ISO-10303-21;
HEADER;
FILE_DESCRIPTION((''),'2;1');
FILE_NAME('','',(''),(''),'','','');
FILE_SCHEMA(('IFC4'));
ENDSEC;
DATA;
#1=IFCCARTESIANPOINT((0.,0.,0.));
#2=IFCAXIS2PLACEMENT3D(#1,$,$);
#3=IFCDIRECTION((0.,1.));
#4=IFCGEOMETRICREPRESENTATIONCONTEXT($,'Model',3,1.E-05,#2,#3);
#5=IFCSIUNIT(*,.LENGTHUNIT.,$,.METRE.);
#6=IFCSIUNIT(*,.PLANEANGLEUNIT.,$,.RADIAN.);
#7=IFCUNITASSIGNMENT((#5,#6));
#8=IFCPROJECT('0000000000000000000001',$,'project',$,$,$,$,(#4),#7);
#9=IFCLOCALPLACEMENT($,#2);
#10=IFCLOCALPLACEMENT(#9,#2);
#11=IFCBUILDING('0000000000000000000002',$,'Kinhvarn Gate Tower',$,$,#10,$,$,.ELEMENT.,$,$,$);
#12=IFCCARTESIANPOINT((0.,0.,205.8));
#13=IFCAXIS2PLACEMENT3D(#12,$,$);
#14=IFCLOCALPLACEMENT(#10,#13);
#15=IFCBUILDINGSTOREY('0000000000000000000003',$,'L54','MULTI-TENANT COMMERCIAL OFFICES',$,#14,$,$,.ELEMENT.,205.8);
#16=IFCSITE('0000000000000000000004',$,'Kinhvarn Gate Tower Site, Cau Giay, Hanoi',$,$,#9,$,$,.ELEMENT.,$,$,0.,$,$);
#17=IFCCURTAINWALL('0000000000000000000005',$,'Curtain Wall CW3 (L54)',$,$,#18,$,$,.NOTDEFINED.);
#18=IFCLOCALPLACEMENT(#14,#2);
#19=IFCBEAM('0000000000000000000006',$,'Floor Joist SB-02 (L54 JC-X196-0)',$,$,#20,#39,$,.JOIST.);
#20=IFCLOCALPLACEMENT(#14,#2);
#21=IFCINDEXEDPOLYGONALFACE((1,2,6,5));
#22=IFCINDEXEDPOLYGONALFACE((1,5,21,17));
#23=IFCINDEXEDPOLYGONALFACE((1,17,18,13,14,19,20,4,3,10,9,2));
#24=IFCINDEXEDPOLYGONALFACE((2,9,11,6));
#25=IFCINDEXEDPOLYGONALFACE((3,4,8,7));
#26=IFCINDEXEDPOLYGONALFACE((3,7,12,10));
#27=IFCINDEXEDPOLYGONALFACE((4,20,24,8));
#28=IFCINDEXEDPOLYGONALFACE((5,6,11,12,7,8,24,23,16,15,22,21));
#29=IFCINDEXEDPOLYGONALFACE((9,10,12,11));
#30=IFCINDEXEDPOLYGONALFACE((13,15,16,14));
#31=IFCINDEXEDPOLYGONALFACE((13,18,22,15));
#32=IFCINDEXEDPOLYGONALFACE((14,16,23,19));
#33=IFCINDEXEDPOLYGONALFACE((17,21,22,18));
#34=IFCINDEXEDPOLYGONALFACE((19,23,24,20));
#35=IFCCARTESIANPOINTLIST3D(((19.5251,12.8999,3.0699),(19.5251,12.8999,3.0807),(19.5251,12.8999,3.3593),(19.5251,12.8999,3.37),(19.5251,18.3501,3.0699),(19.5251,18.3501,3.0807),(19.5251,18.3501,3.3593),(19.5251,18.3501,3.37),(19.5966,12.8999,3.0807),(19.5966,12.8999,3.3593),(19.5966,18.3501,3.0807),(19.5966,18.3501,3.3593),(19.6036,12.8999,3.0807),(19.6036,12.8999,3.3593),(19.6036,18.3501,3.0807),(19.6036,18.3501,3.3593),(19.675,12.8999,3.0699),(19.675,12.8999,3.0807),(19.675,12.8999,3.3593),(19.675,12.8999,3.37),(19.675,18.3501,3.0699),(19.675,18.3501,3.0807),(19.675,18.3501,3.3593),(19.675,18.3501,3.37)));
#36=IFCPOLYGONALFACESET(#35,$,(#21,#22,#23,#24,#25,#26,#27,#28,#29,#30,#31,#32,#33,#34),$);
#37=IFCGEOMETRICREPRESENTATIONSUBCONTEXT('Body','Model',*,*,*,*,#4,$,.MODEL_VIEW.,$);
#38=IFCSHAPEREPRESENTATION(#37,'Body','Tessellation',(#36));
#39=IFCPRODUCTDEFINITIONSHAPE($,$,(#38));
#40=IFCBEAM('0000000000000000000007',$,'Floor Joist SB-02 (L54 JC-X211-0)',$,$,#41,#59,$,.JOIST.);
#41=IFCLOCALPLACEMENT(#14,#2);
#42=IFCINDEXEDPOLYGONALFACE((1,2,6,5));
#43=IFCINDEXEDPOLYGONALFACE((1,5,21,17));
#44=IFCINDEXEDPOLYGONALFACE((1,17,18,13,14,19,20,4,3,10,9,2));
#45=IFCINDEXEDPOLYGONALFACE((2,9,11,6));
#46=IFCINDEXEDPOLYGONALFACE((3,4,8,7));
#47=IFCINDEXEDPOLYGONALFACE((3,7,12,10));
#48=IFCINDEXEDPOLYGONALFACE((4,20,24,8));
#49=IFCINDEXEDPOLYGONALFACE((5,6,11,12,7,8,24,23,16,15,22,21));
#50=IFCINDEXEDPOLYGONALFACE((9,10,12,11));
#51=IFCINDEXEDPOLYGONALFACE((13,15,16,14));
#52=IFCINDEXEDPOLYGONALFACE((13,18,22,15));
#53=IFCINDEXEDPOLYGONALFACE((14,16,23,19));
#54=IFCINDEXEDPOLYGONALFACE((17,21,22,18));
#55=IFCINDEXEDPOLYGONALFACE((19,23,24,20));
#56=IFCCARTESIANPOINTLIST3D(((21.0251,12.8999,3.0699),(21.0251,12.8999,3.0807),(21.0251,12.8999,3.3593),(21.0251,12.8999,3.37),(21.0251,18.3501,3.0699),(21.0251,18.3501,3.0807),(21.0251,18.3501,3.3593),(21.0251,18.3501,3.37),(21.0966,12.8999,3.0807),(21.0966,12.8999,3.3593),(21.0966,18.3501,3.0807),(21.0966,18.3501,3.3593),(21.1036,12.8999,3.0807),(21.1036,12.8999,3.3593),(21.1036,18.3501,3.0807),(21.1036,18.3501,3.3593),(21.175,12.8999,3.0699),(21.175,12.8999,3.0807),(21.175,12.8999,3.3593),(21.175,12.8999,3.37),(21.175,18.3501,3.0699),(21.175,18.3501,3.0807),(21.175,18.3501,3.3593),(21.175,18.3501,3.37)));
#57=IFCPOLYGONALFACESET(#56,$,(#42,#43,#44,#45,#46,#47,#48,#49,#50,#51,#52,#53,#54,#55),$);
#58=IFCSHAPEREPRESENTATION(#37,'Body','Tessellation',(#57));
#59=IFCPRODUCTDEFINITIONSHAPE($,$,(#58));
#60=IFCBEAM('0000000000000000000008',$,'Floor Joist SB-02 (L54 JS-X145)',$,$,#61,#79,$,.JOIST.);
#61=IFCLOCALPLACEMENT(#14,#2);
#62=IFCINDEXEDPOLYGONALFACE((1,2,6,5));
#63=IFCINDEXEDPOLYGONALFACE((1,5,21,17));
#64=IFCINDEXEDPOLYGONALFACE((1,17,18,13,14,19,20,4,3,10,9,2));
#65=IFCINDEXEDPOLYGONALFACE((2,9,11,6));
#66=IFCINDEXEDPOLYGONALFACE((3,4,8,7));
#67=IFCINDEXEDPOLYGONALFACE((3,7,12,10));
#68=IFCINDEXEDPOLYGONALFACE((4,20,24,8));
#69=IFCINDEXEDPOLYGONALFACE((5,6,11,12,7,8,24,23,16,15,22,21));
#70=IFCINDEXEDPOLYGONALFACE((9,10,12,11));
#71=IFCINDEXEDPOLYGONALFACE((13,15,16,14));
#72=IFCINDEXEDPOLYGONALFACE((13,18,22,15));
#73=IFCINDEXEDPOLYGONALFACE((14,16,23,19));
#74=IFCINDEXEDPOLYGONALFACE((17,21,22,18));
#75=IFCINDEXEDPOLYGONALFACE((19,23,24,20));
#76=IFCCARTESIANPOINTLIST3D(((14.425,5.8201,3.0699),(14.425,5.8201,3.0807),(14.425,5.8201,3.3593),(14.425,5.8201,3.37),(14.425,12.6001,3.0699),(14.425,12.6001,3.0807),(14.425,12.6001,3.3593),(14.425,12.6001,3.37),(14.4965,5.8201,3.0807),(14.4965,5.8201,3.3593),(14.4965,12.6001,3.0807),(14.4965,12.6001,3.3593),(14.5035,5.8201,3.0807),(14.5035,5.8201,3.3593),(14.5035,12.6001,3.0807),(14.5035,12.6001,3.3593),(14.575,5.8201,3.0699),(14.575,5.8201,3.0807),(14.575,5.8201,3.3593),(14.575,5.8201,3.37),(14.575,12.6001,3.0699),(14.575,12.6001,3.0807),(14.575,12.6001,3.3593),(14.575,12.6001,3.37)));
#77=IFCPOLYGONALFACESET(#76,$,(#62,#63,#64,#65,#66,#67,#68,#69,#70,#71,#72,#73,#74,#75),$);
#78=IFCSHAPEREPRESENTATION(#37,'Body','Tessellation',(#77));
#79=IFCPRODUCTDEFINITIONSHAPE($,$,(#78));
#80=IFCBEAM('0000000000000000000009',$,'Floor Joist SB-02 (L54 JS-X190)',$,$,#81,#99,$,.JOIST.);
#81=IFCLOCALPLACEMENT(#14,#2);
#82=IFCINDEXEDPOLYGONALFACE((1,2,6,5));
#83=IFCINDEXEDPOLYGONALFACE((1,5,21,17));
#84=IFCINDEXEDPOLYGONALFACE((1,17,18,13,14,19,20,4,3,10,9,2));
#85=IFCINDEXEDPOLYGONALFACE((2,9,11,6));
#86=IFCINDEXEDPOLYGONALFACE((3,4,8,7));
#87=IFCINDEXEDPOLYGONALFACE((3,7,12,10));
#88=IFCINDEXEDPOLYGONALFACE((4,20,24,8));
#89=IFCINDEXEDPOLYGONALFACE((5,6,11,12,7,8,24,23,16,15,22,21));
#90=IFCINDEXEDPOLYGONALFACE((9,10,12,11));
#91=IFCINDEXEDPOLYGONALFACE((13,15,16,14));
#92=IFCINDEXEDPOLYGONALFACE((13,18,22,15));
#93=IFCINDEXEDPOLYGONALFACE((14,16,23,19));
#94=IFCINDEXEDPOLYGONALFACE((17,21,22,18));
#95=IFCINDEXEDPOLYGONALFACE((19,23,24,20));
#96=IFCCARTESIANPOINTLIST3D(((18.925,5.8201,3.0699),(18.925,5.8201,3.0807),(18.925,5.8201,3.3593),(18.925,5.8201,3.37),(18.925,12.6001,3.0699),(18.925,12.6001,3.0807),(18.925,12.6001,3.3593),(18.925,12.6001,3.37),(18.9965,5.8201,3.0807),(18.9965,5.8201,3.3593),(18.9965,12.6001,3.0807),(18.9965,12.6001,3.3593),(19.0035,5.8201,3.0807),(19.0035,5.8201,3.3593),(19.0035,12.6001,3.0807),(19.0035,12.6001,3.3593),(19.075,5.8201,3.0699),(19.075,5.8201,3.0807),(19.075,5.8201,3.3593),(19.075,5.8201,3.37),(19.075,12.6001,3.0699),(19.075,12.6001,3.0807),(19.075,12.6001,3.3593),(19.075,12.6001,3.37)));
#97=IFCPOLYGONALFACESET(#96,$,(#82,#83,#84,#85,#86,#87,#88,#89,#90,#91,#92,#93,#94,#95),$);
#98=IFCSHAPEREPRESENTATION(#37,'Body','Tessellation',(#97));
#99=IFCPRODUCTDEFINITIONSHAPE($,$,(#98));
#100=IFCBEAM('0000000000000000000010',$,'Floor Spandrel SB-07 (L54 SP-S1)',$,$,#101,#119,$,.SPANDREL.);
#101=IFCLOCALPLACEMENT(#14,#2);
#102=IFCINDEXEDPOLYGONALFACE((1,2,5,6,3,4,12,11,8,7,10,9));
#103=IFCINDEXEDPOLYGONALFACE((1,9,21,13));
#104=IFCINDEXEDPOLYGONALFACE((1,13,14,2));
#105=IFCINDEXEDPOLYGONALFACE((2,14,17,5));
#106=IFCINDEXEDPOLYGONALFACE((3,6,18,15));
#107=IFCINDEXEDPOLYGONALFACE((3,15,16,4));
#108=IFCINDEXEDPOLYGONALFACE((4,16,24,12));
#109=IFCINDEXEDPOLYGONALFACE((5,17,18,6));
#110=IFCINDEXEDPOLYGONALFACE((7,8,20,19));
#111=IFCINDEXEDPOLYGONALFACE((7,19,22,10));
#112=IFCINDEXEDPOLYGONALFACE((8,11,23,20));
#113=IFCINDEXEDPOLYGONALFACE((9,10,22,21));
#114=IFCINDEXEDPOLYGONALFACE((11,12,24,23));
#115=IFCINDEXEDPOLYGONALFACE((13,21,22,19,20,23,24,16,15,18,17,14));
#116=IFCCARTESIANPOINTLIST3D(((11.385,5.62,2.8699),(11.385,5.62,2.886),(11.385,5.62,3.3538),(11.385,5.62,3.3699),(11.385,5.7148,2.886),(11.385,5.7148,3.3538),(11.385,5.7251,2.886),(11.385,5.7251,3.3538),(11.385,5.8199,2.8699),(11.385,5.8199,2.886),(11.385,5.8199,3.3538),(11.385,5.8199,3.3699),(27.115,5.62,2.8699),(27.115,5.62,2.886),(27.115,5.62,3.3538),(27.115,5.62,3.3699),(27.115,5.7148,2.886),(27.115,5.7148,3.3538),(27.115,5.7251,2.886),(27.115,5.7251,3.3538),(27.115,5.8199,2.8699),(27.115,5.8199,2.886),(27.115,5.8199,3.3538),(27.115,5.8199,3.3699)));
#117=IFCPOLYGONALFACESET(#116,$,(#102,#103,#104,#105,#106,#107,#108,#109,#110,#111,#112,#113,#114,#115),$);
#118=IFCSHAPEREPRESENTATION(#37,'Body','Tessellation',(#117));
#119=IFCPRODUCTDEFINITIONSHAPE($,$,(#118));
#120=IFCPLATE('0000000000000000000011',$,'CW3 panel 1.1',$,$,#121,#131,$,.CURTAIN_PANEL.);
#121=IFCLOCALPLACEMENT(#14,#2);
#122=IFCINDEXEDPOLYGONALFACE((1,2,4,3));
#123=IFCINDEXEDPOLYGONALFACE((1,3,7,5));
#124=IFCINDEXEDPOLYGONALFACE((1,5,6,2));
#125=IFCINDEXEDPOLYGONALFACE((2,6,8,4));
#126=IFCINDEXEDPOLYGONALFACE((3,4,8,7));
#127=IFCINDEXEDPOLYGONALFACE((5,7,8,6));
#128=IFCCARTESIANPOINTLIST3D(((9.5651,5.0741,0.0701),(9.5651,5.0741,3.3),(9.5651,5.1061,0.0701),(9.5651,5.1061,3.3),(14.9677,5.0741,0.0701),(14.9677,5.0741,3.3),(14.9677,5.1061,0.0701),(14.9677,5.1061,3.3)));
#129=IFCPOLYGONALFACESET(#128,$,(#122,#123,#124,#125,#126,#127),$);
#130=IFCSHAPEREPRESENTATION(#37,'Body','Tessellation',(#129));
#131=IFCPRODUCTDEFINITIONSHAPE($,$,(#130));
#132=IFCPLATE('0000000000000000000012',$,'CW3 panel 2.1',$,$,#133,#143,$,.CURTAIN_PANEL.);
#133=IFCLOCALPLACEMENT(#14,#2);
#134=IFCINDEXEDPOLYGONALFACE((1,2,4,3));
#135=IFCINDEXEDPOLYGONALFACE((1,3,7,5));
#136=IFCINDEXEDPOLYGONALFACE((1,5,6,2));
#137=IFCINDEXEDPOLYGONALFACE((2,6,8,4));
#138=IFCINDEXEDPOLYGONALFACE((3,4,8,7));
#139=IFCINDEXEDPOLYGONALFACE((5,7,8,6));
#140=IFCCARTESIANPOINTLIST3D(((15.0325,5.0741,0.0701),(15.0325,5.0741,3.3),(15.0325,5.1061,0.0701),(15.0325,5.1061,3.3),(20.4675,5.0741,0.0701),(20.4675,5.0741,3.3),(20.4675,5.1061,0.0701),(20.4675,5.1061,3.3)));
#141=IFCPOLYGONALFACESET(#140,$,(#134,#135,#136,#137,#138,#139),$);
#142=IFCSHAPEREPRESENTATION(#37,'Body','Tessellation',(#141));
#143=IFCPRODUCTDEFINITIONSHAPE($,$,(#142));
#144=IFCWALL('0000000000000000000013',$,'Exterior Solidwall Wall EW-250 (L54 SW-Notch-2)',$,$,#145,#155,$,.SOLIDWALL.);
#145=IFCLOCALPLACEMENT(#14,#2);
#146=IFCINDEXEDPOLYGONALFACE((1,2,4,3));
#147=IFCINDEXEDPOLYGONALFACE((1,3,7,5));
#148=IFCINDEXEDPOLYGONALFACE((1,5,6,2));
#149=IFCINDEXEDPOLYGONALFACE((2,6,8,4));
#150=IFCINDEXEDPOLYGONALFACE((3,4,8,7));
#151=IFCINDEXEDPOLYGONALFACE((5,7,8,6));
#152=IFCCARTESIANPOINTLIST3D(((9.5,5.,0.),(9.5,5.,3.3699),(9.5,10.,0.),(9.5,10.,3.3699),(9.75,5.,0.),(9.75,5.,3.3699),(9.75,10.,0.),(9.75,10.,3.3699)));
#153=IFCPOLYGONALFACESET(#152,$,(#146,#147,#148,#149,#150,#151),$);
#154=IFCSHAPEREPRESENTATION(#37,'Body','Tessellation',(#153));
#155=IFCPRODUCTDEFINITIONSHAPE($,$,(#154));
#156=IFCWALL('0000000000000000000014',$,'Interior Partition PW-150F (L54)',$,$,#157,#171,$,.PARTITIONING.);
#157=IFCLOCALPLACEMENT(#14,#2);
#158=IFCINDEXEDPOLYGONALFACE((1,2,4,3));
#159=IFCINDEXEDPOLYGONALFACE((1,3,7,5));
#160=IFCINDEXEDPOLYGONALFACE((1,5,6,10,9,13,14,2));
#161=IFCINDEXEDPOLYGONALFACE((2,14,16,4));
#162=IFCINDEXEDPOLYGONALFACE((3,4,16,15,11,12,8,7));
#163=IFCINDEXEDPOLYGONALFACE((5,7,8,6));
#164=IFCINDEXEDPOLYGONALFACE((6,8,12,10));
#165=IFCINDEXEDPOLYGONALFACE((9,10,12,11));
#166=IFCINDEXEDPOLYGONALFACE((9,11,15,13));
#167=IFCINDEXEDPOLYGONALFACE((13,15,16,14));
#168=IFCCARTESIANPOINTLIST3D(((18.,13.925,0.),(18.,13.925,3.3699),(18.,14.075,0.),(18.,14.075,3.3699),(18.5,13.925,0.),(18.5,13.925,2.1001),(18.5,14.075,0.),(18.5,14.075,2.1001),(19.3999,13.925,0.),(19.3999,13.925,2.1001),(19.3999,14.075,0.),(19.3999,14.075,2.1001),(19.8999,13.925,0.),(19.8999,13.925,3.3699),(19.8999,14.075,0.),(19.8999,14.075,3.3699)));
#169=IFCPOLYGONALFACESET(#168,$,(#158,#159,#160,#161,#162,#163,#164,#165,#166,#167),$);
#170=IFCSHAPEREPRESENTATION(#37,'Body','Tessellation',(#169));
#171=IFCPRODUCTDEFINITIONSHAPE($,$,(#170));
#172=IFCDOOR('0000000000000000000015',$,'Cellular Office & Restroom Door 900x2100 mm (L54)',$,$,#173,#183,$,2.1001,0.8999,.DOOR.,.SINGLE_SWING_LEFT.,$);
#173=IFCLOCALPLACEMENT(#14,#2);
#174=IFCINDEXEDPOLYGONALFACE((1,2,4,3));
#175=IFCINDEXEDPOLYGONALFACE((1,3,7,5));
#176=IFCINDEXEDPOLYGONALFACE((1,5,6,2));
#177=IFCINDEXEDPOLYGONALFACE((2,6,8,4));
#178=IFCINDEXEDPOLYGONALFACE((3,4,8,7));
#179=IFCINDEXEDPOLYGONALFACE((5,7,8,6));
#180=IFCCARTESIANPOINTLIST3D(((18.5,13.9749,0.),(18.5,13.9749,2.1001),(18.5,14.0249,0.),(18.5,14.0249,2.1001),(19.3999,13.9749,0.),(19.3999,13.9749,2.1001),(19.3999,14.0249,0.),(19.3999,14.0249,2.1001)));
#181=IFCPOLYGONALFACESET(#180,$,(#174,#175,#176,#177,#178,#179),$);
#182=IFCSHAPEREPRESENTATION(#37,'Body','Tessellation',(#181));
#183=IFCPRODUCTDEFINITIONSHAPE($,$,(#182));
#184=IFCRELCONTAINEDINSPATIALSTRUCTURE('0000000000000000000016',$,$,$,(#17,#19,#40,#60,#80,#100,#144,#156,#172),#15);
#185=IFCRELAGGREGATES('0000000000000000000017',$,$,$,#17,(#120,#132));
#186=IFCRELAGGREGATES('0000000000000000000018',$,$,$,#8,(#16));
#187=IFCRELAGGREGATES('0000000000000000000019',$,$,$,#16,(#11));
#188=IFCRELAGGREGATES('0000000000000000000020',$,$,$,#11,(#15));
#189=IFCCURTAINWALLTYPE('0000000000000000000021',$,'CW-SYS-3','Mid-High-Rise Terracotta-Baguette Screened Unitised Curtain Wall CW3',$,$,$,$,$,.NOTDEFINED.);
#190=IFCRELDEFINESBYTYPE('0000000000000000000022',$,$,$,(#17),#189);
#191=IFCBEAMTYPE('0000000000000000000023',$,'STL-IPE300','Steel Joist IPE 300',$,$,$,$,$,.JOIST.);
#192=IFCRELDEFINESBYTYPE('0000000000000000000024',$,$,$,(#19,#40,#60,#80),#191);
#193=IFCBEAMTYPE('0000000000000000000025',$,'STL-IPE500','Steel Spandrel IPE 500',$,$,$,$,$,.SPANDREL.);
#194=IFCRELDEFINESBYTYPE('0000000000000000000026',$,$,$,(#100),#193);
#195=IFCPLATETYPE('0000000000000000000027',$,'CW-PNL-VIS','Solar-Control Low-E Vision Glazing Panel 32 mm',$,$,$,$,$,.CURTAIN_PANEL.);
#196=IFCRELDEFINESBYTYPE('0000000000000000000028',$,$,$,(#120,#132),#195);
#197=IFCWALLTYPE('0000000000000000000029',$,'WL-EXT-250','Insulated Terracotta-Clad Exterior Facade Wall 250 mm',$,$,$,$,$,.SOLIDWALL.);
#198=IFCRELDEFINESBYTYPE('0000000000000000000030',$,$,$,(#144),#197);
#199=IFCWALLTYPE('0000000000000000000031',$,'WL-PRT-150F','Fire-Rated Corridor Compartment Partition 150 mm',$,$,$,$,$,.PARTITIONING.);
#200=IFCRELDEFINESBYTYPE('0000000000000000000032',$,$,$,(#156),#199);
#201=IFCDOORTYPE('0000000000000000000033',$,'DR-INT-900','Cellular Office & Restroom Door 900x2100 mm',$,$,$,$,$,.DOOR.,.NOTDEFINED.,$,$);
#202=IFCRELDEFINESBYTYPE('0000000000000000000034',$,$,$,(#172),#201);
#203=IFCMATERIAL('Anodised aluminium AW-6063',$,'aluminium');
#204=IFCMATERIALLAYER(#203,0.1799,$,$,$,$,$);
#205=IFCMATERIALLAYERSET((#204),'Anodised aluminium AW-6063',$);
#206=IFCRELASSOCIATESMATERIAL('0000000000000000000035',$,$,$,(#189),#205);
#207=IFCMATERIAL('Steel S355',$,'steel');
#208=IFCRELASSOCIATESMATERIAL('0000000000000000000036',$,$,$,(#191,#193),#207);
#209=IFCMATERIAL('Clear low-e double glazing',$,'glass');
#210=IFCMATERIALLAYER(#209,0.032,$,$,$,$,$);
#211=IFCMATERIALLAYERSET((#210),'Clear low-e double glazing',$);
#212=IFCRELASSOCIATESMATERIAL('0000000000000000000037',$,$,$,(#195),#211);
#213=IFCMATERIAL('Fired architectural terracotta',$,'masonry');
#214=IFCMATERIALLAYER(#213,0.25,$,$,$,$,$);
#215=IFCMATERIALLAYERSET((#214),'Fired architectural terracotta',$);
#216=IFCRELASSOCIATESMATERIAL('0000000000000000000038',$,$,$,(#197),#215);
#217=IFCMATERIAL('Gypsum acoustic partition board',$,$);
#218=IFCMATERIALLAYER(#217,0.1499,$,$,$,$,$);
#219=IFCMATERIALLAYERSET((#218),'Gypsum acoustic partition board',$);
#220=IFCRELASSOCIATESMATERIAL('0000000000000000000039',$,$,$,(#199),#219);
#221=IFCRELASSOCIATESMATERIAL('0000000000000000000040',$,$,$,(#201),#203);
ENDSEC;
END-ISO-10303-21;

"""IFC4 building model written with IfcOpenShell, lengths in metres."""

from ifc_helpers import new_model, si_unit, direction, frame, frame_2d, origin, origin_2d, place, context, subcontext, project, spatial, rectangle, i_section, extrude, material, layer, layer_set, material_profile, profile_set, type_object, element, fill, aggregate, save


model = new_model("IFC4")

# Units and contexts
model_context = context("Model", 3, precision=1e-05, world=origin(), true_north=direction((0.0, 1.0)))
body_context = subcontext(model_context, "Body", "Model", "MODEL_VIEW")
ifc_project = project(units=[si_unit("LENGTHUNIT", "METRE"), si_unit("PLANEANGLEUNIT", "RADIAN")], contexts=[model_context])

# Site, building, storey
site_placement = place(None, origin())
site = spatial("IfcSite", under=ifc_project, at=site_placement, Name="Kinhvarn Gate Tower Site, Cau Giay, Hanoi", CompositionType="ELEMENT", RefElevation=0.0)
building_placement = place(site_placement, origin())
building = spatial("IfcBuilding", under=site, at=building_placement, Name="Kinhvarn Gate Tower", CompositionType="ELEMENT")
storey_placement = place(building_placement, frame((0.0, 0.0, 205.8)))
storey = spatial("IfcBuildingStorey", under=building, at=storey_placement, Name="L54", Description="MULTI-TENANT COMMERCIAL OFFICES", CompositionType="ELEMENT", Elevation=205.8)

# Curtain wall
ifc_material_1 = material(Name="Anodised aluminium AW-6063", Category="aluminium")
ifc_layer_1 = layer(ifc_material_1, 0.1799)
ifc_layer_set_1 = layer_set([ifc_layer_1], Name="Anodised aluminium AW-6063")
curtain_wall_type = type_object("IfcCurtainWallType", Name="CW-SYS-3", Description="Mid-High-Rise Terracotta-Baguette Screened Unitised Curtain Wall CW3", PredefinedType="NOTDEFINED", material=ifc_layer_set_1)
curtain_wall_placement = place(storey_placement, origin())
curtain_wall = element("IfcCurtainWall", 1, at=curtain_wall_placement, inside=storey, type_object=curtain_wall_type, Name="Curtain Wall CW3 (L54)", PredefinedType="NOTDEFINED")

# Beams
ifc_material_2 = material(Name="Steel S355", Category="steel")
ifc_material_profile_1 = material_profile(ifc_material_2, i_section(OverallWidth=0.1499, OverallDepth=0.3, WebThickness=0.0071, FlangeThickness=0.0107, at=origin_2d()), Name="IPE 300")
ifc_profile_set_1 = profile_set([ifc_material_profile_1], Name="Steel S355")
beam_type_1 = type_object("IfcBeamType", Name="STL-IPE300", Description="Steel Joist IPE 300", PredefinedType="JOIST", material=ifc_profile_set_1)
for number, where, z_axis, x_axis, name in (
    (2, (19.6001, 12.8999, 3.22), (0.0, 1.0, 0.0), (-1.0, 0.0, 0.0), "Floor Joist SB-02 (L54 JC-X196-0)"),
    (3, (21.1001, 12.8999, 3.22), (0.0, 1.0, 0.0), (-1.0, 0.0, 0.0), "Floor Joist SB-02 (L54 JC-X211-0)"),
):
    element("IfcBeam", number, at=place(storey_placement, frame(where, z_axis=z_axis, x_axis=x_axis)), inside=storey, type_object=beam_type_1, Name=name, PredefinedType="JOIST", context=body_context, shape_type="SweptSolid", body=[
        extrude(i_section(OverallWidth=0.1499, OverallDepth=0.3, WebThickness=0.0071, FlangeThickness=0.0107, at=origin_2d()), origin(), (0.0, 0.0, 1.0), 5.4502),
    ])
for number, where, z_axis, x_axis, name in (
    (4, (14.5, 5.8201, 3.22), (0.0, 1.0, 0.0), (-1.0, 0.0, 0.0), "Floor Joist SB-02 (L54 JS-X145)"),
    (5, (19.0, 5.8201, 3.22), (0.0, 1.0, 0.0), (-1.0, 0.0, 0.0), "Floor Joist SB-02 (L54 JS-X190)"),
):
    element("IfcBeam", number, at=place(storey_placement, frame(where, z_axis=z_axis, x_axis=x_axis)), inside=storey, type_object=beam_type_1, Name=name, PredefinedType="JOIST", context=body_context, shape_type="SweptSolid", body=[
        extrude(i_section(OverallWidth=0.1499, OverallDepth=0.3, WebThickness=0.0071, FlangeThickness=0.0107, at=origin_2d()), origin(), (0.0, 0.0, 1.0), 6.78),
    ])
ifc_material_profile_2 = material_profile(ifc_material_2, i_section(OverallWidth=0.2, OverallDepth=0.5, WebThickness=0.0103, FlangeThickness=0.0161, at=origin_2d()), Name="IPE 500")
ifc_profile_set_2 = profile_set([ifc_material_profile_2], Name="Steel S355")
beam_type_2 = type_object("IfcBeamType", Name="STL-IPE500", Description="Steel Spandrel IPE 500", PredefinedType="SPANDREL", material=ifc_profile_set_2)
beam_1_placement = place(storey_placement, frame((11.385, 5.72, 3.1199), z_axis=(1.0, 0.0, 0.0), x_axis=(0.0, 1.0, 0.0)))
element("IfcBeam", 6, at=beam_1_placement, inside=storey, type_object=beam_type_2, Name="Floor Spandrel SB-07 (L54 SP-S1)", PredefinedType="SPANDREL", context=body_context, shape_type="SweptSolid", body=[
    extrude(i_section(OverallWidth=0.2, OverallDepth=0.5, WebThickness=0.0103, FlangeThickness=0.0161, at=origin_2d()), origin(), (0.0, 0.0, 1.0), 15.73),
])

# Plates
ifc_material_3 = material(Name="Clear low-e double glazing", Category="glass")
ifc_layer_2 = layer(ifc_material_3, 0.032)
ifc_layer_set_2 = layer_set([ifc_layer_2], Name="Clear low-e double glazing")
plate_type = type_object("IfcPlateType", Name="CW-PNL-VIS", Description="Solar-Control Low-E Vision Glazing Panel 32 mm", PredefinedType="CURTAIN_PANEL", material=ifc_layer_set_2)
plate_1_placement = place(storey_placement, frame((12.2664, 5.0901, 0.0701), z_axis=(0.0, 0.0, 1.0), x_axis=(1.0, 0.0, 0.0)))
plate_1 = element("IfcPlate", 7, at=plate_1_placement, type_object=plate_type, Name="CW3 panel 1.1", PredefinedType="CURTAIN_PANEL", context=body_context, shape_type="SweptSolid", body=[
    extrude(rectangle(XDim=5.4026, YDim=0.032, at=origin_2d()), origin(), (0.0, 0.0, 1.0), 3.23),
])
plate_2_placement = place(storey_placement, frame((17.75, 5.0901, 0.0701), z_axis=(0.0, 0.0, 1.0), x_axis=(1.0, 0.0, 0.0)))
plate_2 = element("IfcPlate", 8, at=plate_2_placement, type_object=plate_type, Name="CW3 panel 2.1", PredefinedType="CURTAIN_PANEL", context=body_context, shape_type="SweptSolid", body=[
    extrude(rectangle(XDim=5.4351, YDim=0.032, at=origin_2d()), origin(), (0.0, 0.0, 1.0), 3.23),
])
aggregate(curtain_wall, [plate_1, plate_2])

# Wall
ifc_material_4 = material(Name="Fired architectural terracotta", Category="masonry")
ifc_layer_3 = layer(ifc_material_4, 0.25)
ifc_layer_set_3 = layer_set([ifc_layer_3], Name="Fired architectural terracotta")
wall_type_1 = type_object("IfcWallType", Name="WL-EXT-250", Description="Insulated Terracotta-Clad Exterior Facade Wall 250 mm", PredefinedType="SOLIDWALL", material=ifc_layer_set_3)
wall_1_placement = place(storey_placement, frame((9.625, 10.0, 0.0), z_axis=(0.0, 0.0, 1.0), x_axis=(0.0, -1.0, 0.0)))
element("IfcWall", 9, at=wall_1_placement, inside=storey, type_object=wall_type_1, Name="Exterior Solidwall Wall EW-250 (L54 SW-Notch-2)", PredefinedType="SOLIDWALL", context=body_context, shape_type="SweptSolid", body=[
    extrude(rectangle(XDim=5.0, YDim=0.25, at=frame_2d((2.5, 0.0))), origin(), (0.0, 0.0, 1.0), 3.3699),
])

# Wall, opening, door
ifc_material_5 = material(Name="Gypsum acoustic partition board")
ifc_layer_4 = layer(ifc_material_5, 0.1499)
ifc_layer_set_4 = layer_set([ifc_layer_4], Name="Gypsum acoustic partition board")
wall_type_2 = type_object("IfcWallType", Name="WL-PRT-150F", Description="Fire-Rated Corridor Compartment Partition 150 mm", PredefinedType="PARTITIONING", material=ifc_layer_set_4)
wall_2_placement = place(storey_placement, frame((18.0, 14.0, 0.0), z_axis=(0.0, 0.0, 1.0), x_axis=(1.0, 0.0, 0.0)))
wall_2 = element("IfcWall", 10, at=wall_2_placement, inside=storey, type_object=wall_type_2, Name="Interior Partition PW-150F (L54)", PredefinedType="PARTITIONING", context=body_context, shape_type="SweptSolid", body=[
    extrude(rectangle(XDim=1.8999, YDim=0.1499, at=frame_2d((0.95, 0.0))), origin(), (0.0, 0.0, 1.0), 3.3699),
])
opening_placement = place(wall_2_placement, frame((0.5, 0.0, 0.0)))
opening = element("IfcOpeningElement", 11, at=opening_placement, cuts=wall_2, PredefinedType="OPENING", context=body_context, shape_type="SweptSolid", body=[
    extrude(rectangle(XDim=0.8999, YDim=2.1001, at=frame_2d((0.45, 1.05))), frame((0.0, 0.085, 0.0), z_axis=(0.0, -1.0, 0.0), x_axis=(1.0, 0.0, 0.0)), (0.0, 0.0, 1.0), 0.1699),
])
door_type = type_object("IfcDoorType", Name="DR-INT-900", Description="Cellular Office & Restroom Door 900x2100 mm", OperationType="NOTDEFINED", PredefinedType="DOOR", material=ifc_material_1)
door_placement = place(opening_placement, origin())
door = element("IfcDoor", 12, at=door_placement, inside=storey, type_object=door_type, Name="Cellular Office & Restroom Door 900x2100 mm (L54)", OperationType="SINGLE_SWING_LEFT", OverallHeight=2.1001, OverallWidth=0.8999, PredefinedType="DOOR", context=body_context, shape_type="SweptSolid", body=[
    extrude(rectangle(XDim=0.8999, YDim=2.1001, at=frame_2d((0.45, 1.05))), frame((0.0, 0.0249, 0.0), z_axis=(0.0, -1.0, 0.0), x_axis=(1.0, 0.0, 0.0)), (0.0, 0.0, 1.0), 0.05),
])
fill(opening, door)

save(model, "model.ifc")
